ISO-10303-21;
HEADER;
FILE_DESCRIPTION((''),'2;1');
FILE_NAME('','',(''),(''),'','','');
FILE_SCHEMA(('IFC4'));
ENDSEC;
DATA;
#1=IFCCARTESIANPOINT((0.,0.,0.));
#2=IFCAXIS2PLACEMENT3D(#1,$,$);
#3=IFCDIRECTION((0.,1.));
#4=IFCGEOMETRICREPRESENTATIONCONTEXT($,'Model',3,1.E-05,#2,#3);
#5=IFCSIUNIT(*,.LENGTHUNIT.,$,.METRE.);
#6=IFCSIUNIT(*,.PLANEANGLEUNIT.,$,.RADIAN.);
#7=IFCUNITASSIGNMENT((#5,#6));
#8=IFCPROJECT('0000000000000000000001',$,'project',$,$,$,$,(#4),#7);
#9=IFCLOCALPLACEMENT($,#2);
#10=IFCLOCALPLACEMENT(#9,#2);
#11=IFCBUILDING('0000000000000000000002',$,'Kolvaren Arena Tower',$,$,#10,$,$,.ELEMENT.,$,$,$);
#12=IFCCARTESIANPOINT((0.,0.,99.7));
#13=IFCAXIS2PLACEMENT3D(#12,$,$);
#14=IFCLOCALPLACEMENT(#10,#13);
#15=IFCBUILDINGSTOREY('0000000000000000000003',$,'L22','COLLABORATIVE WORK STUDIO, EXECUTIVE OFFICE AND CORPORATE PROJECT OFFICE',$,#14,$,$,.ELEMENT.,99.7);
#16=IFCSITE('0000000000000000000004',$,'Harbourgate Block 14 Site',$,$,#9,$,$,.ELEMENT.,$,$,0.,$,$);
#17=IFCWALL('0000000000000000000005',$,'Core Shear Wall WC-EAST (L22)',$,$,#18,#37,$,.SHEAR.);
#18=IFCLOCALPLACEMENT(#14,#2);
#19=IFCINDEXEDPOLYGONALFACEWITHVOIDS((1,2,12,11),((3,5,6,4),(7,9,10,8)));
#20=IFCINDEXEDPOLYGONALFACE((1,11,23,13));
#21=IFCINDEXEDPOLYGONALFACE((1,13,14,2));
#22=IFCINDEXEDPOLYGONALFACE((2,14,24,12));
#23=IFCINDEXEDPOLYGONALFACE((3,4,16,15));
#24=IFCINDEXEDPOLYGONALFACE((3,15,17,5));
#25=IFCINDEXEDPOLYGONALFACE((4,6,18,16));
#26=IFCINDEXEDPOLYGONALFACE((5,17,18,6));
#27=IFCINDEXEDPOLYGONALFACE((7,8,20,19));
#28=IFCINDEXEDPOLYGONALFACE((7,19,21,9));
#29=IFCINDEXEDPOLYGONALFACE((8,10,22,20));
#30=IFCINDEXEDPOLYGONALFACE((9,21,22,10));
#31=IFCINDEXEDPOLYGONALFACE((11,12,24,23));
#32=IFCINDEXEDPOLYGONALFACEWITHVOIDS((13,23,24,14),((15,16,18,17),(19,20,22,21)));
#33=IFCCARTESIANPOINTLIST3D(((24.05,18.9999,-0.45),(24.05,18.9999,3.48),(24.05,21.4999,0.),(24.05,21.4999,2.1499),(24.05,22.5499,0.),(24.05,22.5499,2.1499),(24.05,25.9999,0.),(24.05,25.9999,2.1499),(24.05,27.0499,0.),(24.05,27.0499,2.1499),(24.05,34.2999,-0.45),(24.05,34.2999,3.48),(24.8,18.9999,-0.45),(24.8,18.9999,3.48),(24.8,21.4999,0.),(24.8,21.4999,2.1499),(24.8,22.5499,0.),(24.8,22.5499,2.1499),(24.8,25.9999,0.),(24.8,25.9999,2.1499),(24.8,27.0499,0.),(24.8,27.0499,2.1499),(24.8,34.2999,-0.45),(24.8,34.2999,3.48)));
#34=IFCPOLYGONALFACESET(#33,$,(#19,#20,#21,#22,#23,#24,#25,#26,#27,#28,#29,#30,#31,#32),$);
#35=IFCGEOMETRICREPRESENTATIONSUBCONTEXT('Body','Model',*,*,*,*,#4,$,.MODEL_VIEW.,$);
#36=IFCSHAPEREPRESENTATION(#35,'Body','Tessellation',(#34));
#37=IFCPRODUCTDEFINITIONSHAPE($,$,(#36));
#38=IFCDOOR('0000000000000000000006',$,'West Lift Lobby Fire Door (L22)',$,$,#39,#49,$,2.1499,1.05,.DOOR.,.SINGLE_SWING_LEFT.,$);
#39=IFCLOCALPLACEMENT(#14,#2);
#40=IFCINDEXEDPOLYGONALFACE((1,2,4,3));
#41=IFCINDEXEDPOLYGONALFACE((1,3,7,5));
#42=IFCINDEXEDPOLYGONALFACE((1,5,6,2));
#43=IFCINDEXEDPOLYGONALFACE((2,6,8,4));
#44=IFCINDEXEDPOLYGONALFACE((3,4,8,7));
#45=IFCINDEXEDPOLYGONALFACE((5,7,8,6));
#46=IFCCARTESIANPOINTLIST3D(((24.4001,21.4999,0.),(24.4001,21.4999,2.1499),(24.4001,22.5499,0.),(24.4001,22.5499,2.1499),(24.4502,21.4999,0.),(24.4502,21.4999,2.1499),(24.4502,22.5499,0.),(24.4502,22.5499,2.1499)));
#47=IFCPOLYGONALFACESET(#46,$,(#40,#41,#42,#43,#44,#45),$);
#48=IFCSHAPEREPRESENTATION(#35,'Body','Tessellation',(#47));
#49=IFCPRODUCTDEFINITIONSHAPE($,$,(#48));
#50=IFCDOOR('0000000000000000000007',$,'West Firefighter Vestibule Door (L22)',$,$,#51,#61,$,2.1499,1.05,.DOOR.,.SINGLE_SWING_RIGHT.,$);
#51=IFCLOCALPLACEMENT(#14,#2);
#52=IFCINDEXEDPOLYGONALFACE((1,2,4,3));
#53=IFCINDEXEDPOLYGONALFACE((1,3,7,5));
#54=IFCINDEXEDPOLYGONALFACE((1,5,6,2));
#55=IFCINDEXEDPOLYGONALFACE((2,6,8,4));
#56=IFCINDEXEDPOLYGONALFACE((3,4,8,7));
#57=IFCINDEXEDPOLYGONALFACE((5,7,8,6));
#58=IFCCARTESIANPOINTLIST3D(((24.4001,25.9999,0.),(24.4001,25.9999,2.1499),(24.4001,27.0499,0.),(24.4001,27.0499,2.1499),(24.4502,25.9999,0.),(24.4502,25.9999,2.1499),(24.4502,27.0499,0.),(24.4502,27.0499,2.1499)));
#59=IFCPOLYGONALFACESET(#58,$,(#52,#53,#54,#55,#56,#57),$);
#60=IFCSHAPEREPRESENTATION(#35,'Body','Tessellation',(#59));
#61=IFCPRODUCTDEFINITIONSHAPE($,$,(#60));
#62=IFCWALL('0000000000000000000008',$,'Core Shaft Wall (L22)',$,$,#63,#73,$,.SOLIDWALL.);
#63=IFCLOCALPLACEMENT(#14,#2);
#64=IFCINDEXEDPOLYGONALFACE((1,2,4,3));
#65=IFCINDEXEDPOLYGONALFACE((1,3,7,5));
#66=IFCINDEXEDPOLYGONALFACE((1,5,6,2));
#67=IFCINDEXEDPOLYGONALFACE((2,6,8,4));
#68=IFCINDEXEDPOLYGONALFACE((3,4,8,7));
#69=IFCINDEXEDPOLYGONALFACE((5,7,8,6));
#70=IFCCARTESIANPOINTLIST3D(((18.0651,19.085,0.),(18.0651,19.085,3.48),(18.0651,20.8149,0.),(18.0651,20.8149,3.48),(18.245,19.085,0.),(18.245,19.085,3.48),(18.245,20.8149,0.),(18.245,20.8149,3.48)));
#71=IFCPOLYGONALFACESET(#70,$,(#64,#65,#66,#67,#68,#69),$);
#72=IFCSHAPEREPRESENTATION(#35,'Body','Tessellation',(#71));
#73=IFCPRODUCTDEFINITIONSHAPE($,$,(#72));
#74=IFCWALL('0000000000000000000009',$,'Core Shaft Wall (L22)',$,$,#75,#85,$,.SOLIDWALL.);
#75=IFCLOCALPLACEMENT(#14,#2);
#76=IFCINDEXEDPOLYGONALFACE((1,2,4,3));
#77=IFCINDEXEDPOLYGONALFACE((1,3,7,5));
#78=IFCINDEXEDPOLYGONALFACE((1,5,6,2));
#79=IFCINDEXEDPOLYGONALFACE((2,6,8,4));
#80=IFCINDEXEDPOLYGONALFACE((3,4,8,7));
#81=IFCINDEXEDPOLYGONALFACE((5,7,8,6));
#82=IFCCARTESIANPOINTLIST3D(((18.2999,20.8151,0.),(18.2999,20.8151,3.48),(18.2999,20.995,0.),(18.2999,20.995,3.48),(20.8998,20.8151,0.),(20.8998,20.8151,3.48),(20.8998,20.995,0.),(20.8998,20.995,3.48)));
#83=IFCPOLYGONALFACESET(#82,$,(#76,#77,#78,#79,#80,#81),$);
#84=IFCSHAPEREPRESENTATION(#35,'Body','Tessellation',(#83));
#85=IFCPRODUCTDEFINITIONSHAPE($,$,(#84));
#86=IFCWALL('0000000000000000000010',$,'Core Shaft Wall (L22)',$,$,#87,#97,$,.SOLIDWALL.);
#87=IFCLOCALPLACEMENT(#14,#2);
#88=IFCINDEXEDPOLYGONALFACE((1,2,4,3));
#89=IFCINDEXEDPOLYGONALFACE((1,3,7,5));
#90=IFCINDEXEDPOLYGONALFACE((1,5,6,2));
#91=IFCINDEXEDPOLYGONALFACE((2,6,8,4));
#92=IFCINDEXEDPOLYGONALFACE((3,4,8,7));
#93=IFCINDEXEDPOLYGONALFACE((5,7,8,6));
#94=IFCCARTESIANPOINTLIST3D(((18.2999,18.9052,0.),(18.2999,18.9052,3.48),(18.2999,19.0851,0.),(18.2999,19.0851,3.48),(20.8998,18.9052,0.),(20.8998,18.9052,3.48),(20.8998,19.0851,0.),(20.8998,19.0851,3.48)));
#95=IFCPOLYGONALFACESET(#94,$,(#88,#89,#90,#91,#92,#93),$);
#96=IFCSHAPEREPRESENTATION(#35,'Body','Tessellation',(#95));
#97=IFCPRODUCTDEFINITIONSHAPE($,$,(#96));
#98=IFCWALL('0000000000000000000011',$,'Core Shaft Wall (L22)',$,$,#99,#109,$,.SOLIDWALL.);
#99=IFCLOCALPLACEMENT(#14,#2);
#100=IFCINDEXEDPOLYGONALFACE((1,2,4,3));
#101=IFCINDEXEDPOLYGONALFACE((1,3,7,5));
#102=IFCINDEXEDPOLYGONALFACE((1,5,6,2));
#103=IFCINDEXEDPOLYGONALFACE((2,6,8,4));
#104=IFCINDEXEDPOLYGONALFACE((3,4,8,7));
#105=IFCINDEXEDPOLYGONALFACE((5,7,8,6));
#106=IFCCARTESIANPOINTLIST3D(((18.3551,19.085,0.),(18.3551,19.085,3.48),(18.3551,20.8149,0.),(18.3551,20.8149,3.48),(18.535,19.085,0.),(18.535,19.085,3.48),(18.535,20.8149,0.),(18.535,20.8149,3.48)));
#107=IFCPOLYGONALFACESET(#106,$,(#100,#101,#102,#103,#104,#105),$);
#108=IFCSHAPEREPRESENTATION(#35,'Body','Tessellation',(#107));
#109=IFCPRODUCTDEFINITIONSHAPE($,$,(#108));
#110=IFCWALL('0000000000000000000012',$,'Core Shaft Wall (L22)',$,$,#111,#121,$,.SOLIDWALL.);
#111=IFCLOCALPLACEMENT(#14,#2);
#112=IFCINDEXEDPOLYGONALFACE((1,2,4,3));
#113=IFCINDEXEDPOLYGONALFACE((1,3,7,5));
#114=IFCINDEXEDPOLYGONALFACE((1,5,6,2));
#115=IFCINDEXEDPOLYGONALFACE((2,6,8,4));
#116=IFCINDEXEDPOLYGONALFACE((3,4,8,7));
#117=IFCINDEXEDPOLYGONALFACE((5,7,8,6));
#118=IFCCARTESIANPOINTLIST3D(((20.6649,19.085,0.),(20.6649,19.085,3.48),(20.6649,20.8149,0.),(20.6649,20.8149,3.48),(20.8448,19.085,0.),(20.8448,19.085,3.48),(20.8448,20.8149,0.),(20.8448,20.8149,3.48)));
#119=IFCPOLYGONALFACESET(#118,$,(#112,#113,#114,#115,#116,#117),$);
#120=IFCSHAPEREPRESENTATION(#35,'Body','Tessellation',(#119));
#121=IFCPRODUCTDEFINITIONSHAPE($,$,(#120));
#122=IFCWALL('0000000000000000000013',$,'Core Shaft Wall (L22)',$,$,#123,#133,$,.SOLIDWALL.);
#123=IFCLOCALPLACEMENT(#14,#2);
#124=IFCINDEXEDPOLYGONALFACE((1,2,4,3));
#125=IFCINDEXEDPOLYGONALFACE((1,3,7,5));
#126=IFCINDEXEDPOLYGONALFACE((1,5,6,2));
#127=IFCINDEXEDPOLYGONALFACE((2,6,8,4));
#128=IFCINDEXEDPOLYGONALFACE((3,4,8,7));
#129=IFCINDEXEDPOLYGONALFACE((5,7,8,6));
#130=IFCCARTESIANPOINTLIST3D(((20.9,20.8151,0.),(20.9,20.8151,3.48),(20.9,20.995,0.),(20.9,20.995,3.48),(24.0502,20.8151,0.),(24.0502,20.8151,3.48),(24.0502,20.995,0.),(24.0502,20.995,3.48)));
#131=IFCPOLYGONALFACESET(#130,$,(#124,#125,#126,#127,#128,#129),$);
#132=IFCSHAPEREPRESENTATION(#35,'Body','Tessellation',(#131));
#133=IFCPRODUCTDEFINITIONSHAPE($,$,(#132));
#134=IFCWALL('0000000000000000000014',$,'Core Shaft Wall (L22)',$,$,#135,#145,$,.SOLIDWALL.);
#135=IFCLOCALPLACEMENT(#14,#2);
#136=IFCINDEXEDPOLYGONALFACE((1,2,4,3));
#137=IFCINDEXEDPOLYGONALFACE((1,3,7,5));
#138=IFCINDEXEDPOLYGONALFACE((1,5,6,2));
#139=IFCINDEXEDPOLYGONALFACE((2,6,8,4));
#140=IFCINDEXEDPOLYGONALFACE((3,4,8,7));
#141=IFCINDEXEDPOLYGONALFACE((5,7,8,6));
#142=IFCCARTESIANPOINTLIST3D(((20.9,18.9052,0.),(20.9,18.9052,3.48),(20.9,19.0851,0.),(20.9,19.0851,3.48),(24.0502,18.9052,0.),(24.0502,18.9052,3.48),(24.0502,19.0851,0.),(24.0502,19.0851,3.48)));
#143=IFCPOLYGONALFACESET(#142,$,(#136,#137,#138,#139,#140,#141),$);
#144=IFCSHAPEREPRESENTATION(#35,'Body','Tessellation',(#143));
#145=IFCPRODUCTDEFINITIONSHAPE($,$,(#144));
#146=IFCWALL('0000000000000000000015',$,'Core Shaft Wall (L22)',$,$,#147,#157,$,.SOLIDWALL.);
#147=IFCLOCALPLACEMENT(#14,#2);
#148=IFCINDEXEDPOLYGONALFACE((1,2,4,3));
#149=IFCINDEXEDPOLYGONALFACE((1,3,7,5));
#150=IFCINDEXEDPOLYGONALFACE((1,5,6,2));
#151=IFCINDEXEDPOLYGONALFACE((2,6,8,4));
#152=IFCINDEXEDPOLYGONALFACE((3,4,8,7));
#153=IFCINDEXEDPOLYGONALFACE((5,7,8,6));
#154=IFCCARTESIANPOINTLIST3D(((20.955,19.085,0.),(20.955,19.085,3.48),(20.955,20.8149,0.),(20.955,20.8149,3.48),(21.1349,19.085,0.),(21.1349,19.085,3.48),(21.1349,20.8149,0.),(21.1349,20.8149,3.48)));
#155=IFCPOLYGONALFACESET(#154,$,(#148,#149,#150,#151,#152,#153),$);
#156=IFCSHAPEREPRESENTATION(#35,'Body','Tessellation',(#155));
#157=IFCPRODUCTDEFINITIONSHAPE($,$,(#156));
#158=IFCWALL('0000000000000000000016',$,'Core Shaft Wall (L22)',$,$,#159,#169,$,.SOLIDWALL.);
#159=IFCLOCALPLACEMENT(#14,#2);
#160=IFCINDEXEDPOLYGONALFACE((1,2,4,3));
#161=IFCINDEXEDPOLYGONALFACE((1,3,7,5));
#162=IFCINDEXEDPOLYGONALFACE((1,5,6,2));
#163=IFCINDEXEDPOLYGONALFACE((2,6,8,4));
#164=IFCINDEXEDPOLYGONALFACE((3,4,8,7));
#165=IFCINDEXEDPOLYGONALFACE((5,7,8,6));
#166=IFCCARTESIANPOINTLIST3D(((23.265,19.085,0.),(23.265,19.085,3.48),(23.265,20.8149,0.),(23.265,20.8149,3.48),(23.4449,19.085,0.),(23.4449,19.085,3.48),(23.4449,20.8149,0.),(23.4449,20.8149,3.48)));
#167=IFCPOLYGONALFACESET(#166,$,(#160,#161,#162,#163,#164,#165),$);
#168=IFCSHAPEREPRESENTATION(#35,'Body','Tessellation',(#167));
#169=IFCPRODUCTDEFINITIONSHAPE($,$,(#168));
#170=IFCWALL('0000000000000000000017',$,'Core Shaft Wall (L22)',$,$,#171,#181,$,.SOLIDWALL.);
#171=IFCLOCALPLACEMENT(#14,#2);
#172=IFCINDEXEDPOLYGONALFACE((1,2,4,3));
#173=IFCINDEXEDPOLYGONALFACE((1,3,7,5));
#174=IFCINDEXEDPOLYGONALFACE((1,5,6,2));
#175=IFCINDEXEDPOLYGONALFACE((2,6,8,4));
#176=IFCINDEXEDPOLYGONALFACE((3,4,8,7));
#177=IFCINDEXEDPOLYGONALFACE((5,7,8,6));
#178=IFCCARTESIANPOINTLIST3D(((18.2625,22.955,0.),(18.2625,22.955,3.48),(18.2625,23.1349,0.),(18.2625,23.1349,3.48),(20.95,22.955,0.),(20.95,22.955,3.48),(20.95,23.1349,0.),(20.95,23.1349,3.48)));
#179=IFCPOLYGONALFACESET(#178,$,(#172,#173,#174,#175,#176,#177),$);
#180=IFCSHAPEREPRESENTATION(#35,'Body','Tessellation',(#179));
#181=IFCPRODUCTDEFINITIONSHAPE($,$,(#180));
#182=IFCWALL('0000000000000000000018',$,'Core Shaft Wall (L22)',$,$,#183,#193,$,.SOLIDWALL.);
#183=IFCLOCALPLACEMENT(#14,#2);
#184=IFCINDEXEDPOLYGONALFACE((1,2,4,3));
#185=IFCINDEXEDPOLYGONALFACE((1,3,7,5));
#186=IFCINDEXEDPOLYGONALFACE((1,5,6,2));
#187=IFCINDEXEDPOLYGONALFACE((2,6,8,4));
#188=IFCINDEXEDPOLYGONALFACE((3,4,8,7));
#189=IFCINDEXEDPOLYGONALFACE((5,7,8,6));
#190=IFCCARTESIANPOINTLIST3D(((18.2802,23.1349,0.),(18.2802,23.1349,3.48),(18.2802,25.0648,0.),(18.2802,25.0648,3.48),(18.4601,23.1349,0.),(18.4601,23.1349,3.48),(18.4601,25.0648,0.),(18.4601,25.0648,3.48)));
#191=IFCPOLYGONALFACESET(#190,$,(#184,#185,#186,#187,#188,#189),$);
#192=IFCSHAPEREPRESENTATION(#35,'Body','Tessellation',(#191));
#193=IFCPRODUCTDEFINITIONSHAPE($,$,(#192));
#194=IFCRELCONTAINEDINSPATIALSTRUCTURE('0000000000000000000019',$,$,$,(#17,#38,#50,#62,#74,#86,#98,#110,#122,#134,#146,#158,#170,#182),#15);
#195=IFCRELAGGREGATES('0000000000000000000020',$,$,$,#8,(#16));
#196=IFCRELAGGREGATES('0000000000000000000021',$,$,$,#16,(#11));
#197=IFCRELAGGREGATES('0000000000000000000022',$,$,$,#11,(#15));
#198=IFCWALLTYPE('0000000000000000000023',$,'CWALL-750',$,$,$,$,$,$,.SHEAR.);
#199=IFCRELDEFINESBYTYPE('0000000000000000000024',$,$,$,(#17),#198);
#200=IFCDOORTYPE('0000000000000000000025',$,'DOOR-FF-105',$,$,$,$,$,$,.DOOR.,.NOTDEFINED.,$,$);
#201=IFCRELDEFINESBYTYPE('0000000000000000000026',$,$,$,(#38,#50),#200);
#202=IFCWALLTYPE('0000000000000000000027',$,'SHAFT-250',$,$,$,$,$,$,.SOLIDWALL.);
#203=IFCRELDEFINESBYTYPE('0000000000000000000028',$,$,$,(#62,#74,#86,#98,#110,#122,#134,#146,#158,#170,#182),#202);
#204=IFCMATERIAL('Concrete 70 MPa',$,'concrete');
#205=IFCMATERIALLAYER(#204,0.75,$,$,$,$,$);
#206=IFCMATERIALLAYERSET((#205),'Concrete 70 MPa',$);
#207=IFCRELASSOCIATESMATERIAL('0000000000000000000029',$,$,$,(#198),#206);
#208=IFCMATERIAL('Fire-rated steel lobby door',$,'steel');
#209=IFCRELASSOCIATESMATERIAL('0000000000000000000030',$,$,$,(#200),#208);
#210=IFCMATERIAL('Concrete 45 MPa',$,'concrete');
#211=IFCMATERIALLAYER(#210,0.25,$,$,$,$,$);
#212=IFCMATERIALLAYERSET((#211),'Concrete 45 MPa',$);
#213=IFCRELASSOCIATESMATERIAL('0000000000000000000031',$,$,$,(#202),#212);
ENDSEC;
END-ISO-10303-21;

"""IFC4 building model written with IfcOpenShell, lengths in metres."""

from ifc_helpers import new_model, si_unit, direction, frame, frame_2d, origin, place, context, subcontext, project, spatial, rectangle, extrude, material, layer, layer_set, type_object, element, fill, save


model = new_model("IFC4")

# Units and contexts
model_context = context("Model", 3, precision=1e-05, world=origin(), true_north=direction((0.0, 1.0)))
body_context = subcontext(model_context, "Body", "Model", "MODEL_VIEW")
ifc_project = project(units=[si_unit("LENGTHUNIT", "METRE"), si_unit("PLANEANGLEUNIT", "RADIAN")], contexts=[model_context])

# Site, building, storey
site_placement = place(None, origin())
site = spatial("IfcSite", under=ifc_project, at=site_placement, Name="Harbourgate Block 14 Site", CompositionType="ELEMENT", RefElevation=0.0)
building_placement = place(site_placement, origin())
building = spatial("IfcBuilding", under=site, at=building_placement, Name="Kolvaren Arena Tower", CompositionType="ELEMENT")
storey_placement = place(building_placement, frame((0.0, 0.0, 99.7)))
storey = spatial("IfcBuildingStorey", under=building, at=storey_placement, Name="L22", Description="COLLABORATIVE WORK STUDIO, EXECUTIVE OFFICE AND CORPORATE PROJECT OFFICE", CompositionType="ELEMENT", Elevation=99.7)

# Wall, openings, doors
ifc_material_1 = material(Name="Concrete 70 MPa", Category="concrete")
ifc_layer_1 = layer(ifc_material_1, 0.75)
ifc_layer_set_1 = layer_set([ifc_layer_1], Name="Concrete 70 MPa")
wall_type_1 = type_object("IfcWallType", Name="CWALL-750", PredefinedType="SHEAR", material=ifc_layer_set_1)
wall_1_placement = place(storey_placement, frame((24.425, 19.0, -0.45), z_axis=(0.0, 0.0, 1.0), x_axis=(0.0, 1.0, 0.0)))
wall_1 = element("IfcWall", 1, at=wall_1_placement, inside=storey, type_object=wall_type_1, Name="Core Shear Wall WC-EAST (L22)", PredefinedType="SHEAR", context=body_context, shape_type="SweptSolid", body=[
    extrude(rectangle(XDim=15.3, YDim=0.75, at=frame_2d((7.6499, 0.0))), origin(), (0.0, 0.0, 1.0), 3.9299),
])
opening_1_placement = place(wall_1_placement, frame((2.5, 0.0, 0.45)))
opening_1 = element("IfcOpeningElement", 2, at=opening_1_placement, cuts=wall_1, PredefinedType="OPENING", context=body_context, shape_type="SweptSolid", body=[
    extrude(rectangle(XDim=1.05, YDim=2.1499, at=frame_2d((0.5249, 1.075))), frame((0.0, 0.385, 0.0), z_axis=(0.0, -1.0, 0.0), x_axis=(1.0, 0.0, 0.0)), (0.0, 0.0, 1.0), 0.77),
])
opening_2_placement = place(wall_1_placement, frame((7.0, 0.0, 0.45)))
opening_2 = element("IfcOpeningElement", 3, at=opening_2_placement, cuts=wall_1, PredefinedType="OPENING", context=body_context, shape_type="SweptSolid", body=[
    extrude(rectangle(XDim=1.05, YDim=2.1499, at=frame_2d((0.5249, 1.075))), frame((0.0, 0.385, 0.0), z_axis=(0.0, -1.0, 0.0), x_axis=(1.0, 0.0, 0.0)), (0.0, 0.0, 1.0), 0.77),
])
ifc_material_2 = material(Name="Fire-rated steel lobby door", Category="steel")
door_type = type_object("IfcDoorType", Name="DOOR-FF-105", OperationType="NOTDEFINED", PredefinedType="DOOR", material=ifc_material_2)
door_1_placement = place(opening_1_placement, origin())
door_1 = element("IfcDoor", 4, at=door_1_placement, inside=storey, type_object=door_type, Name="West Lift Lobby Fire Door (L22)", OperationType="SINGLE_SWING_LEFT", OverallHeight=2.1499, OverallWidth=1.05, PredefinedType="DOOR", context=body_context, shape_type="SweptSolid", body=[
    extrude(rectangle(XDim=1.05, YDim=2.1499, at=frame_2d((0.5249, 1.075))), frame((0.0, 0.0249, 0.0), z_axis=(0.0, -1.0, 0.0), x_axis=(1.0, 0.0, 0.0)), (0.0, 0.0, 1.0), 0.05),
])
fill(opening_1, door_1)
door_2_placement = place(opening_2_placement, origin())
door_2 = element("IfcDoor", 5, at=door_2_placement, inside=storey, type_object=door_type, Name="West Firefighter Vestibule Door (L22)", OperationType="SINGLE_SWING_RIGHT", OverallHeight=2.1499, OverallWidth=1.05, PredefinedType="DOOR", context=body_context, shape_type="SweptSolid", body=[
    extrude(rectangle(XDim=1.05, YDim=2.1499, at=frame_2d((0.5249, 1.075))), frame((0.0, 0.0249, 0.0), z_axis=(0.0, -1.0, 0.0), x_axis=(1.0, 0.0, 0.0)), (0.0, 0.0, 1.0), 0.05),
])
fill(opening_2, door_2)

# Walls
ifc_material_3 = material(Name="Concrete 45 MPa", Category="concrete")
ifc_layer_2 = layer(ifc_material_3, 0.25)
ifc_layer_set_2 = layer_set([ifc_layer_2], Name="Concrete 45 MPa")
wall_type_2 = type_object("IfcWallType", Name="SHAFT-250", PredefinedType="SOLIDWALL", material=ifc_layer_set_2)
wall_2_placement = place(storey_placement, frame((18.155, 19.085, 0.0), z_axis=(0.0, 0.0, 1.0), x_axis=(0.0, 1.0, 0.0)))
element("IfcWall", 6, at=wall_2_placement, inside=storey, type_object=wall_type_2, Name="Core Shaft Wall (L22)", PredefinedType="SOLIDWALL", context=body_context, shape_type="SweptSolid", body=[
    extrude(rectangle(XDim=1.73, YDim=0.1799, at=frame_2d((0.865, 0.0))), origin(), (0.0, 0.0, 1.0), 3.48),
])
for number, where, z_axis, x_axis, name in (
    (7, (18.3, 20.905, 0.0), (0.0, 0.0, 1.0), (1.0, 0.0, 0.0), "Core Shaft Wall (L22)"),
    (8, (18.3, 18.9951, 0.0), (0.0, 0.0, 1.0), (1.0, 0.0, 0.0), "Core Shaft Wall (L22)"),
):
    element("IfcWall", number, at=place(storey_placement, frame(where, z_axis=z_axis, x_axis=x_axis)), inside=storey, type_object=wall_type_2, Name=name, PredefinedType="SOLIDWALL", context=body_context, shape_type="SweptSolid", body=[
        extrude(rectangle(XDim=2.5999, YDim=0.1799, at=frame_2d((1.2998, 0.0))), origin(), (0.0, 0.0, 1.0), 3.48),
    ])
for number, where, z_axis, x_axis, name in (
    (9, (18.4451, 19.085, 0.0), (0.0, 0.0, 1.0), (0.0, 1.0, 0.0), "Core Shaft Wall (L22)"),
    (10, (20.7549, 19.085, 0.0), (0.0, 0.0, 1.0), (0.0, 1.0, 0.0), "Core Shaft Wall (L22)"),
):
    element("IfcWall", number, at=place(storey_placement, frame(where, z_axis=z_axis, x_axis=x_axis)), inside=storey, type_object=wall_type_2, Name=name, PredefinedType="SOLIDWALL", context=body_context, shape_type="SweptSolid", body=[
        extrude(rectangle(XDim=1.73, YDim=0.1799, at=frame_2d((0.865, 0.0))), origin(), (0.0, 0.0, 1.0), 3.48),
    ])
for number, where, z_axis, x_axis, name in (
    (11, (20.8999, 20.905, 0.0), (0.0, 0.0, 1.0), (1.0, 0.0, 0.0), "Core Shaft Wall (L22)"),
    (12, (20.8999, 18.9951, 0.0), (0.0, 0.0, 1.0), (1.0, 0.0, 0.0), "Core Shaft Wall (L22)"),
):
    element("IfcWall", number, at=place(storey_placement, frame(where, z_axis=z_axis, x_axis=x_axis)), inside=storey, type_object=wall_type_2, Name=name, PredefinedType="SOLIDWALL", context=body_context, shape_type="SweptSolid", body=[
        extrude(rectangle(XDim=3.1501, YDim=0.1799, at=frame_2d((1.5752, 0.0))), origin(), (0.0, 0.0, 1.0), 3.48),
    ])
for number, where, z_axis, x_axis, name in (
    (13, (21.0449, 19.085, 0.0), (0.0, 0.0, 1.0), (0.0, 1.0, 0.0), "Core Shaft Wall (L22)"),
    (14, (23.355, 19.085, 0.0), (0.0, 0.0, 1.0), (0.0, 1.0, 0.0), "Core Shaft Wall (L22)"),
):
    element("IfcWall", number, at=place(storey_placement, frame(where, z_axis=z_axis, x_axis=x_axis)), inside=storey, type_object=wall_type_2, Name=name, PredefinedType="SOLIDWALL", context=body_context, shape_type="SweptSolid", body=[
        extrude(rectangle(XDim=1.73, YDim=0.1799, at=frame_2d((0.865, 0.0))), origin(), (0.0, 0.0, 1.0), 3.48),
    ])
wall_3_placement = place(storey_placement, frame((18.2625, 23.0449, 0.0), z_axis=(0.0, 0.0, 1.0), x_axis=(1.0, 0.0, 0.0)))
element("IfcWall", 15, at=wall_3_placement, inside=storey, type_object=wall_type_2, Name="Core Shaft Wall (L22)", PredefinedType="SOLIDWALL", context=body_context, shape_type="SweptSolid", body=[
    extrude(rectangle(XDim=2.6875, YDim=0.1799, at=frame_2d((1.3438, 0.0))), origin(), (0.0, 0.0, 1.0), 3.48),
])
for number, where, z_axis, x_axis, name in (
    (16, (18.3701, 23.135, 0.0), (0.0, 0.0, 1.0), (0.0, 1.0, 0.0), "Core Shaft Wall (L22)"),
):
    element("IfcWall", number, at=place(storey_placement, frame(where, z_axis=z_axis, x_axis=x_axis)), inside=storey, type_object=wall_type_2, Name=name, PredefinedType="SOLIDWALL", context=body_context, shape_type="SweptSolid", body=[
        extrude(rectangle(XDim=1.9299, YDim=0.1799, at=frame_2d((0.9648, 0.0))), origin(), (0.0, 0.0, 1.0), 3.48),
    ])

save(model, "model.ifc")
